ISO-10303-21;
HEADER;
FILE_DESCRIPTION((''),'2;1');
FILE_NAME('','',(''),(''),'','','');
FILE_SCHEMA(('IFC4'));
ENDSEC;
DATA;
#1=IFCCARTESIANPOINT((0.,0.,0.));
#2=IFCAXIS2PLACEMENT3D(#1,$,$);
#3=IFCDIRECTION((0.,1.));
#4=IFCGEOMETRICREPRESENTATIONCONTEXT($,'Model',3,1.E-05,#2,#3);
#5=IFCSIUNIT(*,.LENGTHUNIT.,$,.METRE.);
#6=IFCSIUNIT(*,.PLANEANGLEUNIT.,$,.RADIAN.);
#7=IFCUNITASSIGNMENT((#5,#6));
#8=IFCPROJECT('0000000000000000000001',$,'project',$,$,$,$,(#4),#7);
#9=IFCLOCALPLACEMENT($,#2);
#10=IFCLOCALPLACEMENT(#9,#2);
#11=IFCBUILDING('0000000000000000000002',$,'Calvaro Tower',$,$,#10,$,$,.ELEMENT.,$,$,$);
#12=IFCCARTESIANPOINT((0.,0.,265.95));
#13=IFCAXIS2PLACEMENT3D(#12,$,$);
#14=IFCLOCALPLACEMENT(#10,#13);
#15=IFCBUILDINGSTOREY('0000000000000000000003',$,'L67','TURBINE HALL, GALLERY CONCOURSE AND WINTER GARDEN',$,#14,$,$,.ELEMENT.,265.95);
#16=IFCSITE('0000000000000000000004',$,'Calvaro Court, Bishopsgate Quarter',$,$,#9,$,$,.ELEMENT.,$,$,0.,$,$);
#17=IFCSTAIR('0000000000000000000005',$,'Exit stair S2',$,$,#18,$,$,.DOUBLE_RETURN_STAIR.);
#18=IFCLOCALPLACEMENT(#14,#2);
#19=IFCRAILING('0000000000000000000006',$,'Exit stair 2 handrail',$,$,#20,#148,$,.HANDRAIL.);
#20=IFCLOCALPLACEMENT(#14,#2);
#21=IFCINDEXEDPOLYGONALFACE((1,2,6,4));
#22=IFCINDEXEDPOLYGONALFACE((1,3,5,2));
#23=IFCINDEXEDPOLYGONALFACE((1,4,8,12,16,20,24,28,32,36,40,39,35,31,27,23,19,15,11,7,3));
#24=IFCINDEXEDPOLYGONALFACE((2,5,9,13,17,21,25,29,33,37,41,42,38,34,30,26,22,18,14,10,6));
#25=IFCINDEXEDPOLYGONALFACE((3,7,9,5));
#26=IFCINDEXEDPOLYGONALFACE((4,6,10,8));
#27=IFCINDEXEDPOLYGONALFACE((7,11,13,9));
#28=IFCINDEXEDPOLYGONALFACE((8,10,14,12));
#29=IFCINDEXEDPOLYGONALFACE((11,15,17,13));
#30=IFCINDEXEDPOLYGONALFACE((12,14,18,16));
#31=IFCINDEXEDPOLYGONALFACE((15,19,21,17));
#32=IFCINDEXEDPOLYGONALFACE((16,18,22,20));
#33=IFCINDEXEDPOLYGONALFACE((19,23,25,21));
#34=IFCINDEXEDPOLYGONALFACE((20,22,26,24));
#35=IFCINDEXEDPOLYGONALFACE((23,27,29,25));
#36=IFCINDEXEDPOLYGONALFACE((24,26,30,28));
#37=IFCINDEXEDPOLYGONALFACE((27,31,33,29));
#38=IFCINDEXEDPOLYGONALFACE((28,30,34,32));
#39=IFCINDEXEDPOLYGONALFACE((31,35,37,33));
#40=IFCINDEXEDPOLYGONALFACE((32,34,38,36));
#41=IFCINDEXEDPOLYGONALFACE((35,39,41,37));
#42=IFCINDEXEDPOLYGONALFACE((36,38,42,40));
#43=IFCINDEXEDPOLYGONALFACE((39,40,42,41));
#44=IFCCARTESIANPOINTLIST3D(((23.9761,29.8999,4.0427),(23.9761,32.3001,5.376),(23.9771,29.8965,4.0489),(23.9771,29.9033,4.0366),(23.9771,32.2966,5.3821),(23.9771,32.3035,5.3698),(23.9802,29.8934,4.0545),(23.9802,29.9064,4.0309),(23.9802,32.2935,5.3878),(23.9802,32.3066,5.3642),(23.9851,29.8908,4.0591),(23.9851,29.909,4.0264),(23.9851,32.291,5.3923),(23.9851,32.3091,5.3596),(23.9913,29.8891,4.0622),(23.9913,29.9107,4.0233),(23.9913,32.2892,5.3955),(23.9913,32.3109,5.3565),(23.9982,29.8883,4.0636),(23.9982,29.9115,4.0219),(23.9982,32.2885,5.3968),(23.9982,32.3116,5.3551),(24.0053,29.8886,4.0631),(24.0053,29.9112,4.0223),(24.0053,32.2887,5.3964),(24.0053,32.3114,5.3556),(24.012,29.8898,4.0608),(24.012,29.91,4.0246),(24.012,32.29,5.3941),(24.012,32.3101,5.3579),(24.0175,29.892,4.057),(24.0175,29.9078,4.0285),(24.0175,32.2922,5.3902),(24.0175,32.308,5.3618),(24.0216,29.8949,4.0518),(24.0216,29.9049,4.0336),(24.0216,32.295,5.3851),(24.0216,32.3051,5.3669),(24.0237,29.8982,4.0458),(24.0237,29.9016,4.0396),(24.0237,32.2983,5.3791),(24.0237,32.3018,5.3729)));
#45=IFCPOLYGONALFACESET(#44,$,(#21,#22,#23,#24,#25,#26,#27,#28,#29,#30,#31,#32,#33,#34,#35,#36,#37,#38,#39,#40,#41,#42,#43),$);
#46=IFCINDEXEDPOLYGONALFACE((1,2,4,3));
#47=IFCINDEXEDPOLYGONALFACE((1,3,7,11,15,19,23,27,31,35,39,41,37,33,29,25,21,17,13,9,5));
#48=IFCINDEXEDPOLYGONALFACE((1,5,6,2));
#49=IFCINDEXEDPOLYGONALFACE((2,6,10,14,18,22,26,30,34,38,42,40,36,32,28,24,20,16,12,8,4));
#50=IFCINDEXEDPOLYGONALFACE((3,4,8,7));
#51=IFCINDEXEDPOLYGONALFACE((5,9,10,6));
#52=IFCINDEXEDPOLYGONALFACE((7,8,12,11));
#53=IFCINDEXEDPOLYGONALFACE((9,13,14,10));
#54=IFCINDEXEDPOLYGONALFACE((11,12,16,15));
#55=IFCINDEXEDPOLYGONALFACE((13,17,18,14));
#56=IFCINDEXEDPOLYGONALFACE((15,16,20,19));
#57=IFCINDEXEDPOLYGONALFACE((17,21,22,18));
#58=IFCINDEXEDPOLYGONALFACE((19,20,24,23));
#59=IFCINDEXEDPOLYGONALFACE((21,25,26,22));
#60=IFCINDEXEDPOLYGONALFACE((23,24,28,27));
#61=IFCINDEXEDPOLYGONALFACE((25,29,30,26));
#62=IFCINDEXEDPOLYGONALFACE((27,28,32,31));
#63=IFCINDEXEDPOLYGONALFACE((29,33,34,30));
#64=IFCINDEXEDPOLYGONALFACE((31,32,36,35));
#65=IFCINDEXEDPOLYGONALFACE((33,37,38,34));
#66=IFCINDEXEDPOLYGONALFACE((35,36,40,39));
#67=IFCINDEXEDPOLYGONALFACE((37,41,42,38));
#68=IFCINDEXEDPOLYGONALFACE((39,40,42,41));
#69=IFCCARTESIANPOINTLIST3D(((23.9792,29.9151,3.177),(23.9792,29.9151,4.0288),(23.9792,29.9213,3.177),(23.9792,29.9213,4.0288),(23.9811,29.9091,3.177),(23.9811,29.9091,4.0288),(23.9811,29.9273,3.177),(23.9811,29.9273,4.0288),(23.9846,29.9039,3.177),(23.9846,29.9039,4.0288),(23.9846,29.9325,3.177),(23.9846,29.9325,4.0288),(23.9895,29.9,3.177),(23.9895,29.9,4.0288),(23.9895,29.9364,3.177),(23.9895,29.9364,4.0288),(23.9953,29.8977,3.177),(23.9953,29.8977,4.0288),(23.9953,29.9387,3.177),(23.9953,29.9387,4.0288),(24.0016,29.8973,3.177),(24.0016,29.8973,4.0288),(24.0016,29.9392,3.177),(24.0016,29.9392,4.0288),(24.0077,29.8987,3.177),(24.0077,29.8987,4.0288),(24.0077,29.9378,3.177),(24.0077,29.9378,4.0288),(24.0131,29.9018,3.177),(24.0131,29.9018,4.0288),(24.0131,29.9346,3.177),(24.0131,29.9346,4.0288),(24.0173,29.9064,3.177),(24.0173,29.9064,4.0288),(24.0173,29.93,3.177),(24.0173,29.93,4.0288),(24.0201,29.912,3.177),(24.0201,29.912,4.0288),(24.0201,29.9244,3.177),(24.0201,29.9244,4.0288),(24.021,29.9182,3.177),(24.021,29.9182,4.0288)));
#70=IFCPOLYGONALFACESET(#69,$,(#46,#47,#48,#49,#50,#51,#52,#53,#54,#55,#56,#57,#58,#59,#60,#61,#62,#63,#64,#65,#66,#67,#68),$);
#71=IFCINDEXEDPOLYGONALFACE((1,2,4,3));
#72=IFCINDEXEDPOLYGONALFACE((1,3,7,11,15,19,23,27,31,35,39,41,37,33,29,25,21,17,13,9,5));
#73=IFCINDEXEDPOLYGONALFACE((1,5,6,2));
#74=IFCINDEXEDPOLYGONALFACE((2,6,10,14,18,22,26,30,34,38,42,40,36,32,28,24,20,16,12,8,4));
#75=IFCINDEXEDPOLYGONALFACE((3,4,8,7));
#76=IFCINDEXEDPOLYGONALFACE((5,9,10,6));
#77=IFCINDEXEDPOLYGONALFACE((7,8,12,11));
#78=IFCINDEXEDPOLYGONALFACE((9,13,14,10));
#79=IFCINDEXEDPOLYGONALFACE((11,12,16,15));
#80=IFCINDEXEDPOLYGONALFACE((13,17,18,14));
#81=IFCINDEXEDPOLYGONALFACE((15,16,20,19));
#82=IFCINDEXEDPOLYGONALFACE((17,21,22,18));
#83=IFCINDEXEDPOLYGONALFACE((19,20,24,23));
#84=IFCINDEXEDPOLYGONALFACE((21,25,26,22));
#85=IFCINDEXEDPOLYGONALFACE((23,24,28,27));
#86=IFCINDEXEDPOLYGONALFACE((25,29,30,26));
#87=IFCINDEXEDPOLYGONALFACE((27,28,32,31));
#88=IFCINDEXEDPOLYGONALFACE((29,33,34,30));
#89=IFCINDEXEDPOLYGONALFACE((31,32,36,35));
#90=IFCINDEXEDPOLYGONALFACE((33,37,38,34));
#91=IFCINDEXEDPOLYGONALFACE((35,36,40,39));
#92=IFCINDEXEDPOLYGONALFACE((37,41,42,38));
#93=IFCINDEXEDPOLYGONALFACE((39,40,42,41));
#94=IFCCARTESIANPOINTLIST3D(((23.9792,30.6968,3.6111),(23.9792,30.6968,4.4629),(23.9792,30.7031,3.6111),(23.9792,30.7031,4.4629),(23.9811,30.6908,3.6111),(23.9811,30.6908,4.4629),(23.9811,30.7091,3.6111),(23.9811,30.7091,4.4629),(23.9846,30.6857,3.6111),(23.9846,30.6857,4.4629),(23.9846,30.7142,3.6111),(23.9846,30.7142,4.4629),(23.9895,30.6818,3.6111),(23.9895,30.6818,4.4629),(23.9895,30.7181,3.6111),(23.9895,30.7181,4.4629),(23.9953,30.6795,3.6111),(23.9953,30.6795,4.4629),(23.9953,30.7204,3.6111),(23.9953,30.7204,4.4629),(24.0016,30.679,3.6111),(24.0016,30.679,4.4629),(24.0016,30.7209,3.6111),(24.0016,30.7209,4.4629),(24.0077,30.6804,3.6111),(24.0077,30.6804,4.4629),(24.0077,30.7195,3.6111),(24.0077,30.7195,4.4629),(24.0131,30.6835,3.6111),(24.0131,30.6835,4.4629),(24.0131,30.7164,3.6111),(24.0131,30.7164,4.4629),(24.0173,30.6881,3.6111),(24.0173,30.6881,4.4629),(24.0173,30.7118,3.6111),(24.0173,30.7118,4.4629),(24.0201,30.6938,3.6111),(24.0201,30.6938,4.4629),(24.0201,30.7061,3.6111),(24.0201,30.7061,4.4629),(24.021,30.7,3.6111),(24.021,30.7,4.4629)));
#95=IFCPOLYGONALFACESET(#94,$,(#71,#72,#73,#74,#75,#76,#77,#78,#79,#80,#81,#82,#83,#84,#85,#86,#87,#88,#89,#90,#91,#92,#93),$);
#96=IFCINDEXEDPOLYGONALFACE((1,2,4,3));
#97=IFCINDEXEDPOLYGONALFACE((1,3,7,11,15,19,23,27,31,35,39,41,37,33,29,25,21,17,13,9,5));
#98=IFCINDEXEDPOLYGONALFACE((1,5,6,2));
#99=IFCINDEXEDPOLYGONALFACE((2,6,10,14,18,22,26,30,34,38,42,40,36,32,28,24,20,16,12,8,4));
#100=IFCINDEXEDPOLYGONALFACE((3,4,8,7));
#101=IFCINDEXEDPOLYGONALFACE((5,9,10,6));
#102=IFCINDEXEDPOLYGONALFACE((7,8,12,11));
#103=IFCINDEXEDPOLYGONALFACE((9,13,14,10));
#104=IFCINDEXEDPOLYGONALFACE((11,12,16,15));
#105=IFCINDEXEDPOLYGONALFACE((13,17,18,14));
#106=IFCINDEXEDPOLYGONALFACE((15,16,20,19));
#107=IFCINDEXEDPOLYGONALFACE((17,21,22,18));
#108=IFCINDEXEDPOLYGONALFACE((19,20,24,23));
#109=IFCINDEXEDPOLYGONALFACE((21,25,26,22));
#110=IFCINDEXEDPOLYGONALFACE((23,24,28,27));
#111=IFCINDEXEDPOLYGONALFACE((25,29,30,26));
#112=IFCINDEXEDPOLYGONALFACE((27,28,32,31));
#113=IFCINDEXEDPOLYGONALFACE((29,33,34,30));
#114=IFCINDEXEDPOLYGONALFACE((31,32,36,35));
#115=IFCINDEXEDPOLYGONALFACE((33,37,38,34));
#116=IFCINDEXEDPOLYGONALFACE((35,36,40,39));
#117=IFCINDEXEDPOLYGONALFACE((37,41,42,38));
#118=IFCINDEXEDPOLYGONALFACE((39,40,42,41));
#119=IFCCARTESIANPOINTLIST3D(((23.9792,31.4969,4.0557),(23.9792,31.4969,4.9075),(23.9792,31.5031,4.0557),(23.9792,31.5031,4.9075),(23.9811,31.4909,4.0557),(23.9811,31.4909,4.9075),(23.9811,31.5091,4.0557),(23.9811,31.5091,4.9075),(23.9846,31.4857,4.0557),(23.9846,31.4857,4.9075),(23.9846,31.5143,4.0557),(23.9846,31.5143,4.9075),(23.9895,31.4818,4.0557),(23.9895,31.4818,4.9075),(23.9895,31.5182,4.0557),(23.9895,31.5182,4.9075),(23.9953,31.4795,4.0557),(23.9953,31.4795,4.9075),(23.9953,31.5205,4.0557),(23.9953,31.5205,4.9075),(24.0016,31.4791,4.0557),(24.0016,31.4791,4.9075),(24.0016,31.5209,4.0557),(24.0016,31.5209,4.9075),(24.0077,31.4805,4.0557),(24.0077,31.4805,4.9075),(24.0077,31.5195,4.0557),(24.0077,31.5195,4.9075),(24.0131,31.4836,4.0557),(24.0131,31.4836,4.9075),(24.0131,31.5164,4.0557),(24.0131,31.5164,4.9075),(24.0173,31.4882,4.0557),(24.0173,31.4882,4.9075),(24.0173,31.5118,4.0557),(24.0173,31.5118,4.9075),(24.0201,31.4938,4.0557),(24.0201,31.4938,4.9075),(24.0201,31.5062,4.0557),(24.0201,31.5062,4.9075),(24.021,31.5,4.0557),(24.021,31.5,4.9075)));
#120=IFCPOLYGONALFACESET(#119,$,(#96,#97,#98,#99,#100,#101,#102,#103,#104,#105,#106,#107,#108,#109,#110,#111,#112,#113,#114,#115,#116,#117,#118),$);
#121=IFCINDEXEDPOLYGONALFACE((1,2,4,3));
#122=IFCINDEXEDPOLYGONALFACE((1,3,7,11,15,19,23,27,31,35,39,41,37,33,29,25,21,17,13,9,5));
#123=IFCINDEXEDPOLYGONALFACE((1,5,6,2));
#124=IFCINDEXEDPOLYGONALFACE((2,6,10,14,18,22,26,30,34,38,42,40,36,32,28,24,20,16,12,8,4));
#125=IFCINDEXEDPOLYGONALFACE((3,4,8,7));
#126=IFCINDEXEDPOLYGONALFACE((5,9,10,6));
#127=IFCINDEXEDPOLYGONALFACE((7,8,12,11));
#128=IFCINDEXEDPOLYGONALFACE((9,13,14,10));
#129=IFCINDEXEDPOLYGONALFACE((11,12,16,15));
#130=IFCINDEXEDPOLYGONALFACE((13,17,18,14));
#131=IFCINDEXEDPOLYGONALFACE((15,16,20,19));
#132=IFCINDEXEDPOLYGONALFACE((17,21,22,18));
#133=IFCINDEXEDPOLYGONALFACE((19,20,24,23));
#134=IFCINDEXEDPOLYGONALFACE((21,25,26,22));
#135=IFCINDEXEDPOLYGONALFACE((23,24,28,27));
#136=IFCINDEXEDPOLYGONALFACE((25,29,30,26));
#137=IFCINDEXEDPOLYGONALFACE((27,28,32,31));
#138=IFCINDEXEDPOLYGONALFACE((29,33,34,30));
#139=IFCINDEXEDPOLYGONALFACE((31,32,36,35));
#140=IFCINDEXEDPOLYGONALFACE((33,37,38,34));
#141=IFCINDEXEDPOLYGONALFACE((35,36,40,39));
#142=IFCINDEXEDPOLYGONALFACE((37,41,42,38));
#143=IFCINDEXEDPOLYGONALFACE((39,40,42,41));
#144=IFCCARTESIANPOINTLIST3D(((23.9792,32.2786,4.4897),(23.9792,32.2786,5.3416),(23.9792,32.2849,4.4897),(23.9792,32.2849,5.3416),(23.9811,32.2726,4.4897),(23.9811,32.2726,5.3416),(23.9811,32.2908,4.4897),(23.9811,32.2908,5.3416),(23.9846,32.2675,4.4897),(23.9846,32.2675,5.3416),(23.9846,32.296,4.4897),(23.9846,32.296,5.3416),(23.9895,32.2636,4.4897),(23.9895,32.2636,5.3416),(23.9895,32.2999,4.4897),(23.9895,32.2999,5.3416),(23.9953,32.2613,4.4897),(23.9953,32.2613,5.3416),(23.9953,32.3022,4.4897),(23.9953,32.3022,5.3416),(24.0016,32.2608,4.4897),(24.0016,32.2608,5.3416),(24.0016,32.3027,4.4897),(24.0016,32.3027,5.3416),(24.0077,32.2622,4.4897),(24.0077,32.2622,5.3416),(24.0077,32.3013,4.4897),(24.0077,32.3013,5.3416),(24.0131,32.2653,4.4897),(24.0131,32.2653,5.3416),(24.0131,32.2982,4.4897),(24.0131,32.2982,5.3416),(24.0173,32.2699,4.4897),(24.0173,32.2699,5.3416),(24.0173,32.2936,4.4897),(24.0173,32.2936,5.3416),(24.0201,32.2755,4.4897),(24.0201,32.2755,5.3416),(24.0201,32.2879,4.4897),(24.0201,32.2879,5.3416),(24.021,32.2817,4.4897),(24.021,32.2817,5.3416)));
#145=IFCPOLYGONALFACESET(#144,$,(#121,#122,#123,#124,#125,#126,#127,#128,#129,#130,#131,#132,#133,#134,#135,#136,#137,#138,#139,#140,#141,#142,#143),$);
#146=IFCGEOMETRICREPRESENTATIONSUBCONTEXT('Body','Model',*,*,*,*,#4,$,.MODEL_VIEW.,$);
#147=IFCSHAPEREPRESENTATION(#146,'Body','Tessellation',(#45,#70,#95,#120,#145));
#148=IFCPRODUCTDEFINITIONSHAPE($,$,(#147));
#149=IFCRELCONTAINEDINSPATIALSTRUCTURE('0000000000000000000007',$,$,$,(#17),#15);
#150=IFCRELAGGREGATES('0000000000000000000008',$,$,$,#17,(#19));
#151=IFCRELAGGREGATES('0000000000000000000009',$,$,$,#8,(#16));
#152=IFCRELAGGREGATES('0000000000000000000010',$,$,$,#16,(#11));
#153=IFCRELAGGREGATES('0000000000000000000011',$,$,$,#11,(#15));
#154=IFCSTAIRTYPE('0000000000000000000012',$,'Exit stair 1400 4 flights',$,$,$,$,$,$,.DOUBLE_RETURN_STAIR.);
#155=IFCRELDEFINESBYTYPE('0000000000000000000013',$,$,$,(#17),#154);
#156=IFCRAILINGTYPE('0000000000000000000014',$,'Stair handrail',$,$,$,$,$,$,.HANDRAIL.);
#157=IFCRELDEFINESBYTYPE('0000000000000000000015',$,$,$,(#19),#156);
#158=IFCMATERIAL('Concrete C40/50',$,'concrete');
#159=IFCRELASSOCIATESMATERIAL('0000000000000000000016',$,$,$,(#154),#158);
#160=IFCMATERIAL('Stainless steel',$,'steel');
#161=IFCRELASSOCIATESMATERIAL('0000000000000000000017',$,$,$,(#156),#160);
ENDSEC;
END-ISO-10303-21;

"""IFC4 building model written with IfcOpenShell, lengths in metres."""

from ifc_helpers import new_model, si_unit, direction, frame, origin, origin_2d, place, context, subcontext, project, spatial, circle, extrude, material, type_object, element, aggregate, save


model = new_model("IFC4")

# Units and contexts
model_context = context("Model", 3, precision=1e-05, world=origin(), true_north=direction((0.0, 1.0)))
body_context = subcontext(model_context, "Body", "Model", "MODEL_VIEW")
ifc_project = project(units=[si_unit("LENGTHUNIT", "METRE"), si_unit("PLANEANGLEUNIT", "RADIAN")], contexts=[model_context])

# Site, building, storey
site_placement = place(None, origin())
site = spatial("IfcSite", under=ifc_project, at=site_placement, Name="Calvaro Court, Bishopsgate Quarter", CompositionType="ELEMENT", RefElevation=0.0)
building_placement = place(site_placement, origin())
building = spatial("IfcBuilding", under=site, at=building_placement, Name="Calvaro Tower", CompositionType="ELEMENT")
storey_placement = place(building_placement, frame((0.0, 0.0, 265.95)))
storey = spatial("IfcBuildingStorey", under=building, at=storey_placement, Name="L67", Description="TURBINE HALL, GALLERY CONCOURSE AND WINTER GARDEN", CompositionType="ELEMENT", Elevation=265.95)

# Stair, railing
ifc_material_1 = material(Name="Concrete C40/50", Category="concrete")
stair_type = type_object("IfcStairType", Name="Exit stair 1400 4 flights", PredefinedType="DOUBLE_RETURN_STAIR", material=ifc_material_1)
stair_placement = place(storey_placement, origin())
stair = element("IfcStair", 1, at=stair_placement, inside=storey, type_object=stair_type, Name="Exit stair S2", PredefinedType="DOUBLE_RETURN_STAIR")
ifc_material_2 = material(Name="Stainless steel", Category="steel")
railing_type = type_object("IfcRailingType", Name="Stair handrail", PredefinedType="HANDRAIL", material=ifc_material_2)
railing_1_placement = place(storey_placement, frame((24.0, 29.8999, 3.1667)))
railing_1 = element("IfcRailing", 2, at=railing_1_placement, type_object=railing_type, Name="Exit stair 2 handrail", PredefinedType="HANDRAIL", context=body_context, shape_type="SweptSolid", body=[
    extrude(circle(Radius=0.0239, at=origin_2d()), frame((0.0, 0.0, 0.876), z_axis=(0.0, 0.874182, 0.485598), x_axis=(-1.0, 0.0, 0.0)), (0.0, 0.0, 1.0), 2.7456),
    extrude(circle(Radius=0.021, at=origin_2d()), frame((0.0, 0.0183, 0.0103)), (0.0, 0.0, 1.0), 0.8518),
    extrude(circle(Radius=0.021, at=origin_2d()), frame((0.0, 0.8, 0.4443)), (0.0, 0.0, 1.0), 0.8518),
    extrude(circle(Radius=0.021, at=origin_2d()), frame((0.0, 1.6001, 0.8889)), (0.0, 0.0, 1.0), 0.8518),
    extrude(circle(Radius=0.021, at=origin_2d()), frame((0.0, 2.3818, 1.323)), (0.0, 0.0, 1.0), 0.8518),
])
aggregate(stair, [railing_1])

save(model, "model.ifc")
